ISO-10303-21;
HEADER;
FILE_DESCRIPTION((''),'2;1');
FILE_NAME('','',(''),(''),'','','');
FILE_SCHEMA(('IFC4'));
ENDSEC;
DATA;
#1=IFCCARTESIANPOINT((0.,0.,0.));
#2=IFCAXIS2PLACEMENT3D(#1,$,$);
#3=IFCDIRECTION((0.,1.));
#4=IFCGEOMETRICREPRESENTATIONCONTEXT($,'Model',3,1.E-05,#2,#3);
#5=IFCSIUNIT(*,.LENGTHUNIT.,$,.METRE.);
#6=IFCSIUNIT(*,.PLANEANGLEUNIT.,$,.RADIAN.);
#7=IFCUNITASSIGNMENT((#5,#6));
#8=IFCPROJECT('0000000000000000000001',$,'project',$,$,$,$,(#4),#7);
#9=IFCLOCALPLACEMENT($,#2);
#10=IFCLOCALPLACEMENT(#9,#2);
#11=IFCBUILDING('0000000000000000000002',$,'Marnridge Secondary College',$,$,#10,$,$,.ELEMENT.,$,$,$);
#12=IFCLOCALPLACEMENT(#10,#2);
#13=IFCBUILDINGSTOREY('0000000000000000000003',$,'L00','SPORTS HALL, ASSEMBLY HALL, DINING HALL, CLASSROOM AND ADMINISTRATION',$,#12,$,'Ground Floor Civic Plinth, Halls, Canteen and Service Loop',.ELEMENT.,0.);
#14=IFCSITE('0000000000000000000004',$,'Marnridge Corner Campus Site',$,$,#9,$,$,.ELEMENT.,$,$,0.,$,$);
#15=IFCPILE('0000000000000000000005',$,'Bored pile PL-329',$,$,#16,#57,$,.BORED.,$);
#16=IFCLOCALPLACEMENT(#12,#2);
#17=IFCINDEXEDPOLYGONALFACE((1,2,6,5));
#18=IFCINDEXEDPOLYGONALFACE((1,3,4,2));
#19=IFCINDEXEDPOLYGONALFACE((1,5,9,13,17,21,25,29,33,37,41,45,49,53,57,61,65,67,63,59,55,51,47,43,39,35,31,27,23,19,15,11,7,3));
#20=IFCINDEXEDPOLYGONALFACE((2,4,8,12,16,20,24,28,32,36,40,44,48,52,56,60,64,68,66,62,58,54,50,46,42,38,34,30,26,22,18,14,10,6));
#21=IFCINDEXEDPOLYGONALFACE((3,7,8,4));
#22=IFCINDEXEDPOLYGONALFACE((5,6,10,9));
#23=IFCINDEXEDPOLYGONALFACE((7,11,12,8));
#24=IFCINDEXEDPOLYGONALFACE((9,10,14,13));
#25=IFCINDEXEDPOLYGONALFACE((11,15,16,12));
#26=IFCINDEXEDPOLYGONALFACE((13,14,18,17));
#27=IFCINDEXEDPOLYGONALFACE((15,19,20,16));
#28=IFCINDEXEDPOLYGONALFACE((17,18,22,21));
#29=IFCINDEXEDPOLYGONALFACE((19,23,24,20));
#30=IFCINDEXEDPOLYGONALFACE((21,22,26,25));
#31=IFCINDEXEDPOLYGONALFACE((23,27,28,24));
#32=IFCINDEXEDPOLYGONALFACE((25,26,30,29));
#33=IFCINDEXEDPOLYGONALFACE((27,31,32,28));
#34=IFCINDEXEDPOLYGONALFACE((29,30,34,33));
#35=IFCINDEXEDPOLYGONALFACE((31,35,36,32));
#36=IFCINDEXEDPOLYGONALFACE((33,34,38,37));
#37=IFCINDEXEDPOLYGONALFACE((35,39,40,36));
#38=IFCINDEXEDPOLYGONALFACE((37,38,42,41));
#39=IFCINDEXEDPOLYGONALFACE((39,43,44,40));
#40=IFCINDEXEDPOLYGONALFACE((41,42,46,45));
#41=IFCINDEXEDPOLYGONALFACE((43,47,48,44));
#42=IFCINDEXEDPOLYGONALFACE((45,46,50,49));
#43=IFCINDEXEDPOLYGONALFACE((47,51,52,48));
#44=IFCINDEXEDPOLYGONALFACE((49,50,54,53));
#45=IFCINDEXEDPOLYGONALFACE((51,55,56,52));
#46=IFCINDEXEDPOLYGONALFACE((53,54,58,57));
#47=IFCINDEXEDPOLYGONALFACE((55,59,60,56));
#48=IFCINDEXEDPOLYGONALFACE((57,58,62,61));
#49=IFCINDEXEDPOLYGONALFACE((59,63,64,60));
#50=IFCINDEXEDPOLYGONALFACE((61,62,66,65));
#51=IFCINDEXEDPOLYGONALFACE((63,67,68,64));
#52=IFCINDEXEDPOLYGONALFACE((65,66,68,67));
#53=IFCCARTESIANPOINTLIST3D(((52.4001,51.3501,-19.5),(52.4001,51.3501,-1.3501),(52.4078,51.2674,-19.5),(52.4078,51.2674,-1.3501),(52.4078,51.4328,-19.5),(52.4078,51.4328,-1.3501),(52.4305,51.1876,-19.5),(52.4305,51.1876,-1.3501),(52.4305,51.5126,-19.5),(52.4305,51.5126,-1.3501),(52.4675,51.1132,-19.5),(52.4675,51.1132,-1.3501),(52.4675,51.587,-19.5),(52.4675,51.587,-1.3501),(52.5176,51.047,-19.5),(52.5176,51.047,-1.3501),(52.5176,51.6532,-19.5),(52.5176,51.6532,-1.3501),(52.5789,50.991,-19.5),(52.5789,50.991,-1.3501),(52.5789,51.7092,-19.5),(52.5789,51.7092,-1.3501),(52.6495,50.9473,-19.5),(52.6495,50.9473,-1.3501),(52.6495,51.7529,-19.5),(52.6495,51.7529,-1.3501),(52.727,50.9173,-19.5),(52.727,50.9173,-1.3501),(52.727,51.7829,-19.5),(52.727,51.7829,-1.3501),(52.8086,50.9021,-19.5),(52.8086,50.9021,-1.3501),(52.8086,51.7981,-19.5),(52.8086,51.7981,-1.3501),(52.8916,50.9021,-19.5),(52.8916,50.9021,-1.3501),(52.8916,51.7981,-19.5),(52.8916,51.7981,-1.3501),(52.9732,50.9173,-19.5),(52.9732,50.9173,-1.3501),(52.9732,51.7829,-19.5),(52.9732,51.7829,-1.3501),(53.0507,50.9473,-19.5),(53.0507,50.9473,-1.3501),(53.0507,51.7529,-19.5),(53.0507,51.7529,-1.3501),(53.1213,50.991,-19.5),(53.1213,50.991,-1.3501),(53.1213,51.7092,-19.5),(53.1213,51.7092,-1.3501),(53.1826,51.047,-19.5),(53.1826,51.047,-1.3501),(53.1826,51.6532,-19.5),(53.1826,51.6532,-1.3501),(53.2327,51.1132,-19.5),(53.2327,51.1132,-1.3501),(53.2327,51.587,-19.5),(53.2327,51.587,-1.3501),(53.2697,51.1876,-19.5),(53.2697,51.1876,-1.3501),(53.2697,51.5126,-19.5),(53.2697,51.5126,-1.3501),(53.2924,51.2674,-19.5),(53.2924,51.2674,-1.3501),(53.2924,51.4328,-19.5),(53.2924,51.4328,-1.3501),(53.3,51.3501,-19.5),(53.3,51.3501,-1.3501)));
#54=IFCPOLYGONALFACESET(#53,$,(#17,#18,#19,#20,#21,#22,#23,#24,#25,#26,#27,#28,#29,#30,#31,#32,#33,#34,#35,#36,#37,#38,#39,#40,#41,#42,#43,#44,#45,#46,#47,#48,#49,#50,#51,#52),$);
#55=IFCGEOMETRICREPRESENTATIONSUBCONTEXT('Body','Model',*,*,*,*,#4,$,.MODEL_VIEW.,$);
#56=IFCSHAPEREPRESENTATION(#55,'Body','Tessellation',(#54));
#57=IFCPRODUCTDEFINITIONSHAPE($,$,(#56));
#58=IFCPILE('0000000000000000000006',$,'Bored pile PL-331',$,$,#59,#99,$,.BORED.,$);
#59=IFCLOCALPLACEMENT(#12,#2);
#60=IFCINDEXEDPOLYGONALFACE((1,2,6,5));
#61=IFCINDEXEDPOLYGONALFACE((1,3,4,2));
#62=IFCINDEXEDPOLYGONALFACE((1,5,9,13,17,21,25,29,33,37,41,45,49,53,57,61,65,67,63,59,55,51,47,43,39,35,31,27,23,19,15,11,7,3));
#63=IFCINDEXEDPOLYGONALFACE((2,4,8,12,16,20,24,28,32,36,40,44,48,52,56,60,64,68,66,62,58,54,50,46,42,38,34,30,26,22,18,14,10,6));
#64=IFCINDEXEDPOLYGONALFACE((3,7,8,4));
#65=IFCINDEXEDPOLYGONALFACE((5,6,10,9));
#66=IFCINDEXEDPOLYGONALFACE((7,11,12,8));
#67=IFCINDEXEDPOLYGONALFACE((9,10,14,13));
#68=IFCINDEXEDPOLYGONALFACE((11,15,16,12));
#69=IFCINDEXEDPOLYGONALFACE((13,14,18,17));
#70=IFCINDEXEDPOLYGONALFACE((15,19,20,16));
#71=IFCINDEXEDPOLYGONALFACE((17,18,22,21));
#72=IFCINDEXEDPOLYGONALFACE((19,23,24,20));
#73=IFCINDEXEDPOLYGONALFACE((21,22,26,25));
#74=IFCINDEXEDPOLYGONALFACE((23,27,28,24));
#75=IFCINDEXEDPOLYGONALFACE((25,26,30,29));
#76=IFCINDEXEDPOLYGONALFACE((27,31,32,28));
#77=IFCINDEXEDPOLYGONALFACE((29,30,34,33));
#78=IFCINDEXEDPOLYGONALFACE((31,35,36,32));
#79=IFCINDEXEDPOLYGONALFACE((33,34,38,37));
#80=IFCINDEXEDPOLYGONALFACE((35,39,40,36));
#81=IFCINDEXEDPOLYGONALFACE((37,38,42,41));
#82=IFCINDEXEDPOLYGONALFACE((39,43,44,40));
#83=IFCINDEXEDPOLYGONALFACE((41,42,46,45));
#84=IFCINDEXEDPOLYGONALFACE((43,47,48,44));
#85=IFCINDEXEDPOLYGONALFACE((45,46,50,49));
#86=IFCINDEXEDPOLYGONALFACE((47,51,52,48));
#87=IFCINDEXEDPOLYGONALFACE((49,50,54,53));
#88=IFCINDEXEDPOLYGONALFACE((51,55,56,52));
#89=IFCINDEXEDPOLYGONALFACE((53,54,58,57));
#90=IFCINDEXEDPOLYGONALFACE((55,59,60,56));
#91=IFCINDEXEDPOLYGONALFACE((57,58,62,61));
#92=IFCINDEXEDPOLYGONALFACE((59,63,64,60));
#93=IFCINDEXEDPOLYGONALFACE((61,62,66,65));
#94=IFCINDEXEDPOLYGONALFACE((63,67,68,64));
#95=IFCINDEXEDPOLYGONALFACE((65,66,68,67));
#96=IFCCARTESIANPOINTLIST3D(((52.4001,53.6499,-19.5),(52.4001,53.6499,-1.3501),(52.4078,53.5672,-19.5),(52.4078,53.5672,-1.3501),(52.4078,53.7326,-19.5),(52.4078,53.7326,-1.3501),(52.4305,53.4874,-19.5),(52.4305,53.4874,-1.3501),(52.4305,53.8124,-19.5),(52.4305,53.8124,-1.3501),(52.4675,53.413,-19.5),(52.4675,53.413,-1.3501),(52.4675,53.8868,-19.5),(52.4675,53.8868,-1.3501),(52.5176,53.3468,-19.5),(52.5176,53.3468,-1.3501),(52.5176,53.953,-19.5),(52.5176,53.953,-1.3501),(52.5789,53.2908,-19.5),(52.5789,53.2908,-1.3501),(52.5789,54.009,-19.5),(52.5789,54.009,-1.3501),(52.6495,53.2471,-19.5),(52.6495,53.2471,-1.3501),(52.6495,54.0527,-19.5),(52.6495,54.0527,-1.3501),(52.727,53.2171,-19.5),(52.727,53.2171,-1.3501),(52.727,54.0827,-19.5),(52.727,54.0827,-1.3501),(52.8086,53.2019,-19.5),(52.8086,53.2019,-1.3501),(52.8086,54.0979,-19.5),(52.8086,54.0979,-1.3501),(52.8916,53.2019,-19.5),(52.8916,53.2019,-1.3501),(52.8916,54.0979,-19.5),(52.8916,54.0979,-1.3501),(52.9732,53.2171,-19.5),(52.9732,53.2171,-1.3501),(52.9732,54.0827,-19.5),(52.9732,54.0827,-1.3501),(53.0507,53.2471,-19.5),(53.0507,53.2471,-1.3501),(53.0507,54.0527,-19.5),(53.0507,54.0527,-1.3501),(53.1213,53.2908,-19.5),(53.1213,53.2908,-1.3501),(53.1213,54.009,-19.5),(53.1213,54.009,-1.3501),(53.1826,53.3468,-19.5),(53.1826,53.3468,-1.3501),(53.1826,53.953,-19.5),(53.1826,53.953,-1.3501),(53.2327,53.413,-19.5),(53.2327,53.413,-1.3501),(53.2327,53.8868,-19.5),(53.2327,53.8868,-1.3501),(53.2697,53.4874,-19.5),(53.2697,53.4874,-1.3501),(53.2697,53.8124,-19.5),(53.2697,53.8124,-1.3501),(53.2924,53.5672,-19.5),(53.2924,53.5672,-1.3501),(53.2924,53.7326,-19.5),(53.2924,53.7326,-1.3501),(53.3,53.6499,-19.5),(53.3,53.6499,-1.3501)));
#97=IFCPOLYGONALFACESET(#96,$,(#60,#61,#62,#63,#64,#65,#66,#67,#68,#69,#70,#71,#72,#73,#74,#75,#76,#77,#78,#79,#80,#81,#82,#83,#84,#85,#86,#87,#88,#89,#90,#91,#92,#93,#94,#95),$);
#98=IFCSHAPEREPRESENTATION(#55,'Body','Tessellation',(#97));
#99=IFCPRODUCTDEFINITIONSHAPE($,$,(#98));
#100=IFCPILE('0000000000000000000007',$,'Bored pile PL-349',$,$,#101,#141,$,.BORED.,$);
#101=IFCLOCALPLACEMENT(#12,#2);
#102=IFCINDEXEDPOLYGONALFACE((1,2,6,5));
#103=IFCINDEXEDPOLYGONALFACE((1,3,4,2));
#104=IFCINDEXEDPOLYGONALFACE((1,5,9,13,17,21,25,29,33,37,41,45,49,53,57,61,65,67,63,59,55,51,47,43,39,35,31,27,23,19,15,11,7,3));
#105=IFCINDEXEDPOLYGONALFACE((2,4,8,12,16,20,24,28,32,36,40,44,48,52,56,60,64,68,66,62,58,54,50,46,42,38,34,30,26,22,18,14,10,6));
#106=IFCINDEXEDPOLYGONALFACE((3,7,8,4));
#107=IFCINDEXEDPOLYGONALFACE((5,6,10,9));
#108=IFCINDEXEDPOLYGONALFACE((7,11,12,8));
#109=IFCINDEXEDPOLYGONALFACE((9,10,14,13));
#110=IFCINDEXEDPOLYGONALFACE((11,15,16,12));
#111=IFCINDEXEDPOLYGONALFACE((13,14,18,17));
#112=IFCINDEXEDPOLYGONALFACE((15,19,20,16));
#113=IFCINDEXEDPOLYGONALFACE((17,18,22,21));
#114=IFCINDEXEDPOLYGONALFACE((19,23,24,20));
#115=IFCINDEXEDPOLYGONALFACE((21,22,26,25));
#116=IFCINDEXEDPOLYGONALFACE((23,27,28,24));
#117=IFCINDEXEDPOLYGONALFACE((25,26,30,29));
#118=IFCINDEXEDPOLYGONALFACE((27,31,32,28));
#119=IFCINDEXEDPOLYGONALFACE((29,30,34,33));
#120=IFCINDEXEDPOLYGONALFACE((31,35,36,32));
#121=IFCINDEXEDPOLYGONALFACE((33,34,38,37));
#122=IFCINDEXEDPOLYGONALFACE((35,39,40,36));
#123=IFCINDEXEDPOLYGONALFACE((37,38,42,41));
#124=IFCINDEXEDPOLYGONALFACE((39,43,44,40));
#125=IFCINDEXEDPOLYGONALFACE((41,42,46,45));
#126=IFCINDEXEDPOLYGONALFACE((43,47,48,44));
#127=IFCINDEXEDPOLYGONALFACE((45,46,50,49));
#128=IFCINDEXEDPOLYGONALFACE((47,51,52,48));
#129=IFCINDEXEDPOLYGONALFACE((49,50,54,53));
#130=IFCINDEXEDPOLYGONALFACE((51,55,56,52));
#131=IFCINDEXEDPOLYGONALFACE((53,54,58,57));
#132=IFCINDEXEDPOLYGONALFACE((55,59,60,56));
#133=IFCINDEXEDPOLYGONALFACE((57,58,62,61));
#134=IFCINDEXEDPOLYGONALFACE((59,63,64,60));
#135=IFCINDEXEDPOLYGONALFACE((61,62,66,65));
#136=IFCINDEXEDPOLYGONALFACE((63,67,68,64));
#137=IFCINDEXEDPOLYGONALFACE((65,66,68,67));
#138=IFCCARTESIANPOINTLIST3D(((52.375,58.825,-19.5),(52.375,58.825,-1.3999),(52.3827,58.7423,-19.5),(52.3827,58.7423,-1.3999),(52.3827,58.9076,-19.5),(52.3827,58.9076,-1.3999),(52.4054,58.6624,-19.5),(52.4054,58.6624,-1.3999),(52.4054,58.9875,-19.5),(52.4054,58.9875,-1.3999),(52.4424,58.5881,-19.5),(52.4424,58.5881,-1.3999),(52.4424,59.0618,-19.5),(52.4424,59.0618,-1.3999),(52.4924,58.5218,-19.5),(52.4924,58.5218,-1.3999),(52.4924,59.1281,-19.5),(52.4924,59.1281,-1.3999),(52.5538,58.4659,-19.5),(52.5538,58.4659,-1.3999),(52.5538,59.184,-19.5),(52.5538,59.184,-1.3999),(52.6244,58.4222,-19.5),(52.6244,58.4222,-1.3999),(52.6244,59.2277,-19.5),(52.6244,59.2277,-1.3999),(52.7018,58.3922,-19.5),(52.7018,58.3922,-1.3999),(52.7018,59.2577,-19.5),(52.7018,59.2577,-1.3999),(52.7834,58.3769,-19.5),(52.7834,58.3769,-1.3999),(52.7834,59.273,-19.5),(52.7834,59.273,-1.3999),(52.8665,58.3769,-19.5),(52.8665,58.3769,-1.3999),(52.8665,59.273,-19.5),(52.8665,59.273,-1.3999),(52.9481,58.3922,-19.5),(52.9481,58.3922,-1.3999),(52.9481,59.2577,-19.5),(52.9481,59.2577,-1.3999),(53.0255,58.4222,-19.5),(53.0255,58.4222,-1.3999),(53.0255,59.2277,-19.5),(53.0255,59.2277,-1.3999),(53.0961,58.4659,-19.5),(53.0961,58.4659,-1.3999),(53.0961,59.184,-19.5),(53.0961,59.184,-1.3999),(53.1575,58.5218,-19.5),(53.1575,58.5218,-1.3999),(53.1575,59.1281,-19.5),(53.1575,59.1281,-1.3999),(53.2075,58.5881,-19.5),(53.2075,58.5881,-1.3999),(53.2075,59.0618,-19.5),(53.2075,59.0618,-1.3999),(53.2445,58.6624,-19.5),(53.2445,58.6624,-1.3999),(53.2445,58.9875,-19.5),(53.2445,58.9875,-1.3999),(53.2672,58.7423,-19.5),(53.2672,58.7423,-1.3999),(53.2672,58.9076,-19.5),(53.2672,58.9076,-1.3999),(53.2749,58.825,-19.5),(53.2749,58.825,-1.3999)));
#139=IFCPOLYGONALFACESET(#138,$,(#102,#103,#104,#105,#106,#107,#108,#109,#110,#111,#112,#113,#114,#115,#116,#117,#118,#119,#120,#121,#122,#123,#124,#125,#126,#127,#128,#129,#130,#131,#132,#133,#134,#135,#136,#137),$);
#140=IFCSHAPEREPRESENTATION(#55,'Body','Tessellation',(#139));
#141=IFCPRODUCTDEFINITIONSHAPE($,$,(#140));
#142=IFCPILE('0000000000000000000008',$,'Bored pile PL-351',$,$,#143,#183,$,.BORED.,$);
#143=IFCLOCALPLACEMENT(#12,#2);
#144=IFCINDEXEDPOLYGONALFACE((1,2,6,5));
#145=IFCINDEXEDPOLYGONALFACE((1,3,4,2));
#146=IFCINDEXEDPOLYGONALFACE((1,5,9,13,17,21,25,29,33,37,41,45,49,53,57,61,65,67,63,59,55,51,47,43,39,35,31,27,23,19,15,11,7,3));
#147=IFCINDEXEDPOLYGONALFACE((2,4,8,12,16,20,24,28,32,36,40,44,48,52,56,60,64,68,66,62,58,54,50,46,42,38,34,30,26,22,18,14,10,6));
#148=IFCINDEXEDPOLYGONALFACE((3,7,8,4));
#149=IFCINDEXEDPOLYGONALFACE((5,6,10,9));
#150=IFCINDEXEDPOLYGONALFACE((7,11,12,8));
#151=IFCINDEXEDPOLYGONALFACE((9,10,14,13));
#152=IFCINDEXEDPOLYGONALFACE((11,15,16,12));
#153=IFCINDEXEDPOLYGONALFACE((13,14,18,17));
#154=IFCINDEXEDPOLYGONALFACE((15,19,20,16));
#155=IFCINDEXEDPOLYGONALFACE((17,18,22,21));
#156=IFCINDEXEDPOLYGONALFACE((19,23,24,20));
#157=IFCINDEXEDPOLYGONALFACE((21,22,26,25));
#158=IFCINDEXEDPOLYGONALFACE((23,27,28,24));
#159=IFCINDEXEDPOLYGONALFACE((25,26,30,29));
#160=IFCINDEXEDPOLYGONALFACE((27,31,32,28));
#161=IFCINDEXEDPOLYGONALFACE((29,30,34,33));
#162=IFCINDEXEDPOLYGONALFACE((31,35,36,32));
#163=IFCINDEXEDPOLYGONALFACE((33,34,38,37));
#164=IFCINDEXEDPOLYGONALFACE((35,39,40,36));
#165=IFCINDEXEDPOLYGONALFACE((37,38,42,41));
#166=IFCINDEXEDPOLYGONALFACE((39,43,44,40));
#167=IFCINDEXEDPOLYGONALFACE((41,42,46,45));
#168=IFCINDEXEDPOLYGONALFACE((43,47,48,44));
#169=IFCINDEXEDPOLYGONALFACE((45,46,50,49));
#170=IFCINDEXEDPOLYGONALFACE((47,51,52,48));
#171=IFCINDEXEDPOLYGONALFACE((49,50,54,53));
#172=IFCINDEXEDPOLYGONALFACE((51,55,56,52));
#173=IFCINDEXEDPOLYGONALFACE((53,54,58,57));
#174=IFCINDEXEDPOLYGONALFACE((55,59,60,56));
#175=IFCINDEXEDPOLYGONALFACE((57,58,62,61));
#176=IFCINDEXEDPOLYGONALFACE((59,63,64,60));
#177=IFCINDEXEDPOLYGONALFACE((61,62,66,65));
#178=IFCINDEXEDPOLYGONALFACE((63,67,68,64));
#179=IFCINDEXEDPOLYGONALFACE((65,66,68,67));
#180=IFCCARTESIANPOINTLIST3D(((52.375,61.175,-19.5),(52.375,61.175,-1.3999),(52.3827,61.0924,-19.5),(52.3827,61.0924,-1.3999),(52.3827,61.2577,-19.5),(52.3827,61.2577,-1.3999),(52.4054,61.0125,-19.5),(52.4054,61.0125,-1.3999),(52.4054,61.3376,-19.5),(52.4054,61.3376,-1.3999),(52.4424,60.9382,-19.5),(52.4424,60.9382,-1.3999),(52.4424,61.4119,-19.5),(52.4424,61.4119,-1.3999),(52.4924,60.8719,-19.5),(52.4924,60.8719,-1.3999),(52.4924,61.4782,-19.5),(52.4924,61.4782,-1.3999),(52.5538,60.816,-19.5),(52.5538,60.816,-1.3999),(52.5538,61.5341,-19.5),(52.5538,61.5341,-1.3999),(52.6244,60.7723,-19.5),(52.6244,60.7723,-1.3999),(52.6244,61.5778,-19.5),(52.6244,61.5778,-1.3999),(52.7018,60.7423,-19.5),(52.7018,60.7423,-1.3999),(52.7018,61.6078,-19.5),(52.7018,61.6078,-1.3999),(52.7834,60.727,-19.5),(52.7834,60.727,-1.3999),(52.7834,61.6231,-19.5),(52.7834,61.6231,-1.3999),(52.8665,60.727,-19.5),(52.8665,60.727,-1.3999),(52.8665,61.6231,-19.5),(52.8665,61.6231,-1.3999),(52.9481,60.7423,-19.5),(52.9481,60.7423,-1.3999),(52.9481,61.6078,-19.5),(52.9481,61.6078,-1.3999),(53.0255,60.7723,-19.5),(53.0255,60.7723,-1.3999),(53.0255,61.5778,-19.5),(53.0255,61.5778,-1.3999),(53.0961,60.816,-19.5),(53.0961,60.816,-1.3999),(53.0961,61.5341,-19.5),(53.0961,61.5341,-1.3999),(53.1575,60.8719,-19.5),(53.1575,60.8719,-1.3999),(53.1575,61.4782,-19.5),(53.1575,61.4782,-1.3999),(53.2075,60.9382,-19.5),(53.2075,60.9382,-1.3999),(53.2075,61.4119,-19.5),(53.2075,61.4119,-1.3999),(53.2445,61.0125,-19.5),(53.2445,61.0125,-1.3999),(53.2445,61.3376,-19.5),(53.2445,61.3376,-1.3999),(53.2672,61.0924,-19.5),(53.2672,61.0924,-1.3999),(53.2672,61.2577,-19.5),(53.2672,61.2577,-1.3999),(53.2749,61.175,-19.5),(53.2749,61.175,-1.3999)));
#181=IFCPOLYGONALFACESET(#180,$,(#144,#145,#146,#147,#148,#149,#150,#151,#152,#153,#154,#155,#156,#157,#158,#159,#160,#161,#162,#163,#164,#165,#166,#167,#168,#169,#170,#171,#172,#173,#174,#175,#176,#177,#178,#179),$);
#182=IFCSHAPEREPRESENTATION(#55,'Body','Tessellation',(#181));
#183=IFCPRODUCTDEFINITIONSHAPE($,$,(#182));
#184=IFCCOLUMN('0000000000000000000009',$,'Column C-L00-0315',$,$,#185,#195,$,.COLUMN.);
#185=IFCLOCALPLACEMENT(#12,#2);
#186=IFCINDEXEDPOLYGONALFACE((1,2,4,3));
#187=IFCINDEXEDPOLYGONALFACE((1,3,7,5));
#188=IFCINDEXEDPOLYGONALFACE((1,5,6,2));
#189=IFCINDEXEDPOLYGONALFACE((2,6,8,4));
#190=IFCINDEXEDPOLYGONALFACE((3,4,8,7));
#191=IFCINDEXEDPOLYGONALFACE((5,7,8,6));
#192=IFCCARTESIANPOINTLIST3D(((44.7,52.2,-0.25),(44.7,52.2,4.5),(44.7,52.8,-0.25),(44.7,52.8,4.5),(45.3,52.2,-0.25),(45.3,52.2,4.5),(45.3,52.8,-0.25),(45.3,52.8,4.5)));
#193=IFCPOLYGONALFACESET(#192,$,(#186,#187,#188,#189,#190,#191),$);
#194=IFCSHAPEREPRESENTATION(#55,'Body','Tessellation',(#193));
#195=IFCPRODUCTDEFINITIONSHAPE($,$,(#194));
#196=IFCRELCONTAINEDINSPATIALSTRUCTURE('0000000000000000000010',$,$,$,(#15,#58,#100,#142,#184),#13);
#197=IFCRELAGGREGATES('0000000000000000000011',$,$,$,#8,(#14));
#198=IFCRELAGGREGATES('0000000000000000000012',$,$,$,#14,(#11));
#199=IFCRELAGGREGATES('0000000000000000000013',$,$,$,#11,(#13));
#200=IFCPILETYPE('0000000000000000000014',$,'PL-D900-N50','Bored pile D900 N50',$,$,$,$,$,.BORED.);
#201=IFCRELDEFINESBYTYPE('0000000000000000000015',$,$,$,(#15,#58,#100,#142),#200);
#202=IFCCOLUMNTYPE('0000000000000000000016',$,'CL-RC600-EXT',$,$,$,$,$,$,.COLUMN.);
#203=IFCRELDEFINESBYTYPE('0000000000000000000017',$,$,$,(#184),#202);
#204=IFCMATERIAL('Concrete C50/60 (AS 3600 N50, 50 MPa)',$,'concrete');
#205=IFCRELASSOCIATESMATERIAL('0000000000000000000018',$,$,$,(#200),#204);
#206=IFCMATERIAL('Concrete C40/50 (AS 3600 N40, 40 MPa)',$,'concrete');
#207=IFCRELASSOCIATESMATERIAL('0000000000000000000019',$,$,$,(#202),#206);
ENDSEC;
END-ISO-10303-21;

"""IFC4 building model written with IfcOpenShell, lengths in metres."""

from ifc_helpers import new_model, si_unit, direction, frame, origin, origin_2d, place, context, subcontext, project, spatial, rectangle, circle, extrude, material, material_profile, profile_set, type_object, element, save


model = new_model("IFC4")

# Units and contexts
model_context = context("Model", 3, precision=1e-05, world=origin(), true_north=direction((0.0, 1.0)))
body_context = subcontext(model_context, "Body", "Model", "MODEL_VIEW")
ifc_project = project(units=[si_unit("LENGTHUNIT", "METRE"), si_unit("PLANEANGLEUNIT", "RADIAN")], contexts=[model_context])

# Site, building, storey
site_placement = place(None, origin())
site = spatial("IfcSite", under=ifc_project, at=site_placement, Name="Marnridge Corner Campus Site", CompositionType="ELEMENT", RefElevation=0.0)
building_placement = place(site_placement, origin())
building = spatial("IfcBuilding", under=site, at=building_placement, Name="Marnridge Secondary College", CompositionType="ELEMENT")
storey_placement = place(building_placement, origin())
storey = spatial("IfcBuildingStorey", under=building, at=storey_placement, Name="L00", Description="SPORTS HALL, ASSEMBLY HALL, DINING HALL, CLASSROOM AND ADMINISTRATION", LongName="Ground Floor Civic Plinth, Halls, Canteen and Service Loop", CompositionType="ELEMENT", Elevation=0.0)

# Piles
ifc_material_1 = material(Name="Concrete C50/60 (AS 3600 N50, 50 MPa)", Category="concrete")
ifc_material_profile_1 = material_profile(ifc_material_1, circle(Radius=0.45, at=origin_2d()), Name="PILE D900")
ifc_profile_set_1 = profile_set([ifc_material_profile_1], Name="Concrete C50/60 (AS 3600 N50, 50 MPa)")
pile_type_1 = type_object("IfcPileType", Name="PL-D900-N50", Description="Bored pile D900 N50", PredefinedType="BORED", material=ifc_profile_set_1)
for number, where, z_axis, x_axis, name in (
    (1, (52.8501, 51.3501, -1.3501), (0.0, 0.0, -1.0), (1.0, 0.0, 0.0), "Bored pile PL-329"),
    (2, (52.8501, 53.6499, -1.3501), (0.0, 0.0, -1.0), (1.0, 0.0, 0.0), "Bored pile PL-331"),
):
    element("IfcPile", number, at=place(storey_placement, frame(where, z_axis=z_axis, x_axis=x_axis)), inside=storey, type_object=pile_type_1, Name=name, PredefinedType="BORED", context=body_context, shape_type="SweptSolid", body=[
        extrude(circle(Radius=0.45, at=origin_2d()), origin(), (0.0, 0.0, 1.0), 18.1499),
    ])
for number, where, z_axis, x_axis, name in (
    (3, (52.825, 58.825, -1.3999), (0.0, 0.0, -1.0), (1.0, 0.0, 0.0), "Bored pile PL-349"),
    (4, (52.825, 61.175, -1.3999), (0.0, 0.0, -1.0), (1.0, 0.0, 0.0), "Bored pile PL-351"),
):
    element("IfcPile", number, at=place(storey_placement, frame(where, z_axis=z_axis, x_axis=x_axis)), inside=storey, type_object=pile_type_1, Name=name, PredefinedType="BORED", context=body_context, shape_type="SweptSolid", body=[
        extrude(circle(Radius=0.45, at=origin_2d()), origin(), (0.0, 0.0, 1.0), 18.1001),
    ])

# Column
ifc_material_2 = material(Name="Concrete C40/50 (AS 3600 N40, 40 MPa)", Category="concrete")
ifc_material_profile_2 = material_profile(ifc_material_2, rectangle(XDim=0.6001, YDim=0.6001, at=origin_2d()), Name="RC 600x600")
ifc_profile_set_2 = profile_set([ifc_material_profile_2], Name="Concrete C40/50 (AS 3600 N40, 40 MPa)")
column_type = type_object("IfcColumnType", Name="CL-RC600-EXT", PredefinedType="COLUMN", material=ifc_profile_set_2)
column_placement = place(storey_placement, frame((45.0, 52.5, -0.25), z_axis=(0.0, 0.0, 1.0), x_axis=(1.0, 0.0, 0.0)))
element("IfcColumn", 5, at=column_placement, inside=storey, type_object=column_type, Name="Column C-L00-0315", PredefinedType="COLUMN", context=body_context, shape_type="SweptSolid", body=[
    extrude(rectangle(XDim=0.6001, YDim=0.6001, at=origin_2d()), origin(), (0.0, 0.0, 1.0), 4.75),
])

save(model, "model.ifc")
